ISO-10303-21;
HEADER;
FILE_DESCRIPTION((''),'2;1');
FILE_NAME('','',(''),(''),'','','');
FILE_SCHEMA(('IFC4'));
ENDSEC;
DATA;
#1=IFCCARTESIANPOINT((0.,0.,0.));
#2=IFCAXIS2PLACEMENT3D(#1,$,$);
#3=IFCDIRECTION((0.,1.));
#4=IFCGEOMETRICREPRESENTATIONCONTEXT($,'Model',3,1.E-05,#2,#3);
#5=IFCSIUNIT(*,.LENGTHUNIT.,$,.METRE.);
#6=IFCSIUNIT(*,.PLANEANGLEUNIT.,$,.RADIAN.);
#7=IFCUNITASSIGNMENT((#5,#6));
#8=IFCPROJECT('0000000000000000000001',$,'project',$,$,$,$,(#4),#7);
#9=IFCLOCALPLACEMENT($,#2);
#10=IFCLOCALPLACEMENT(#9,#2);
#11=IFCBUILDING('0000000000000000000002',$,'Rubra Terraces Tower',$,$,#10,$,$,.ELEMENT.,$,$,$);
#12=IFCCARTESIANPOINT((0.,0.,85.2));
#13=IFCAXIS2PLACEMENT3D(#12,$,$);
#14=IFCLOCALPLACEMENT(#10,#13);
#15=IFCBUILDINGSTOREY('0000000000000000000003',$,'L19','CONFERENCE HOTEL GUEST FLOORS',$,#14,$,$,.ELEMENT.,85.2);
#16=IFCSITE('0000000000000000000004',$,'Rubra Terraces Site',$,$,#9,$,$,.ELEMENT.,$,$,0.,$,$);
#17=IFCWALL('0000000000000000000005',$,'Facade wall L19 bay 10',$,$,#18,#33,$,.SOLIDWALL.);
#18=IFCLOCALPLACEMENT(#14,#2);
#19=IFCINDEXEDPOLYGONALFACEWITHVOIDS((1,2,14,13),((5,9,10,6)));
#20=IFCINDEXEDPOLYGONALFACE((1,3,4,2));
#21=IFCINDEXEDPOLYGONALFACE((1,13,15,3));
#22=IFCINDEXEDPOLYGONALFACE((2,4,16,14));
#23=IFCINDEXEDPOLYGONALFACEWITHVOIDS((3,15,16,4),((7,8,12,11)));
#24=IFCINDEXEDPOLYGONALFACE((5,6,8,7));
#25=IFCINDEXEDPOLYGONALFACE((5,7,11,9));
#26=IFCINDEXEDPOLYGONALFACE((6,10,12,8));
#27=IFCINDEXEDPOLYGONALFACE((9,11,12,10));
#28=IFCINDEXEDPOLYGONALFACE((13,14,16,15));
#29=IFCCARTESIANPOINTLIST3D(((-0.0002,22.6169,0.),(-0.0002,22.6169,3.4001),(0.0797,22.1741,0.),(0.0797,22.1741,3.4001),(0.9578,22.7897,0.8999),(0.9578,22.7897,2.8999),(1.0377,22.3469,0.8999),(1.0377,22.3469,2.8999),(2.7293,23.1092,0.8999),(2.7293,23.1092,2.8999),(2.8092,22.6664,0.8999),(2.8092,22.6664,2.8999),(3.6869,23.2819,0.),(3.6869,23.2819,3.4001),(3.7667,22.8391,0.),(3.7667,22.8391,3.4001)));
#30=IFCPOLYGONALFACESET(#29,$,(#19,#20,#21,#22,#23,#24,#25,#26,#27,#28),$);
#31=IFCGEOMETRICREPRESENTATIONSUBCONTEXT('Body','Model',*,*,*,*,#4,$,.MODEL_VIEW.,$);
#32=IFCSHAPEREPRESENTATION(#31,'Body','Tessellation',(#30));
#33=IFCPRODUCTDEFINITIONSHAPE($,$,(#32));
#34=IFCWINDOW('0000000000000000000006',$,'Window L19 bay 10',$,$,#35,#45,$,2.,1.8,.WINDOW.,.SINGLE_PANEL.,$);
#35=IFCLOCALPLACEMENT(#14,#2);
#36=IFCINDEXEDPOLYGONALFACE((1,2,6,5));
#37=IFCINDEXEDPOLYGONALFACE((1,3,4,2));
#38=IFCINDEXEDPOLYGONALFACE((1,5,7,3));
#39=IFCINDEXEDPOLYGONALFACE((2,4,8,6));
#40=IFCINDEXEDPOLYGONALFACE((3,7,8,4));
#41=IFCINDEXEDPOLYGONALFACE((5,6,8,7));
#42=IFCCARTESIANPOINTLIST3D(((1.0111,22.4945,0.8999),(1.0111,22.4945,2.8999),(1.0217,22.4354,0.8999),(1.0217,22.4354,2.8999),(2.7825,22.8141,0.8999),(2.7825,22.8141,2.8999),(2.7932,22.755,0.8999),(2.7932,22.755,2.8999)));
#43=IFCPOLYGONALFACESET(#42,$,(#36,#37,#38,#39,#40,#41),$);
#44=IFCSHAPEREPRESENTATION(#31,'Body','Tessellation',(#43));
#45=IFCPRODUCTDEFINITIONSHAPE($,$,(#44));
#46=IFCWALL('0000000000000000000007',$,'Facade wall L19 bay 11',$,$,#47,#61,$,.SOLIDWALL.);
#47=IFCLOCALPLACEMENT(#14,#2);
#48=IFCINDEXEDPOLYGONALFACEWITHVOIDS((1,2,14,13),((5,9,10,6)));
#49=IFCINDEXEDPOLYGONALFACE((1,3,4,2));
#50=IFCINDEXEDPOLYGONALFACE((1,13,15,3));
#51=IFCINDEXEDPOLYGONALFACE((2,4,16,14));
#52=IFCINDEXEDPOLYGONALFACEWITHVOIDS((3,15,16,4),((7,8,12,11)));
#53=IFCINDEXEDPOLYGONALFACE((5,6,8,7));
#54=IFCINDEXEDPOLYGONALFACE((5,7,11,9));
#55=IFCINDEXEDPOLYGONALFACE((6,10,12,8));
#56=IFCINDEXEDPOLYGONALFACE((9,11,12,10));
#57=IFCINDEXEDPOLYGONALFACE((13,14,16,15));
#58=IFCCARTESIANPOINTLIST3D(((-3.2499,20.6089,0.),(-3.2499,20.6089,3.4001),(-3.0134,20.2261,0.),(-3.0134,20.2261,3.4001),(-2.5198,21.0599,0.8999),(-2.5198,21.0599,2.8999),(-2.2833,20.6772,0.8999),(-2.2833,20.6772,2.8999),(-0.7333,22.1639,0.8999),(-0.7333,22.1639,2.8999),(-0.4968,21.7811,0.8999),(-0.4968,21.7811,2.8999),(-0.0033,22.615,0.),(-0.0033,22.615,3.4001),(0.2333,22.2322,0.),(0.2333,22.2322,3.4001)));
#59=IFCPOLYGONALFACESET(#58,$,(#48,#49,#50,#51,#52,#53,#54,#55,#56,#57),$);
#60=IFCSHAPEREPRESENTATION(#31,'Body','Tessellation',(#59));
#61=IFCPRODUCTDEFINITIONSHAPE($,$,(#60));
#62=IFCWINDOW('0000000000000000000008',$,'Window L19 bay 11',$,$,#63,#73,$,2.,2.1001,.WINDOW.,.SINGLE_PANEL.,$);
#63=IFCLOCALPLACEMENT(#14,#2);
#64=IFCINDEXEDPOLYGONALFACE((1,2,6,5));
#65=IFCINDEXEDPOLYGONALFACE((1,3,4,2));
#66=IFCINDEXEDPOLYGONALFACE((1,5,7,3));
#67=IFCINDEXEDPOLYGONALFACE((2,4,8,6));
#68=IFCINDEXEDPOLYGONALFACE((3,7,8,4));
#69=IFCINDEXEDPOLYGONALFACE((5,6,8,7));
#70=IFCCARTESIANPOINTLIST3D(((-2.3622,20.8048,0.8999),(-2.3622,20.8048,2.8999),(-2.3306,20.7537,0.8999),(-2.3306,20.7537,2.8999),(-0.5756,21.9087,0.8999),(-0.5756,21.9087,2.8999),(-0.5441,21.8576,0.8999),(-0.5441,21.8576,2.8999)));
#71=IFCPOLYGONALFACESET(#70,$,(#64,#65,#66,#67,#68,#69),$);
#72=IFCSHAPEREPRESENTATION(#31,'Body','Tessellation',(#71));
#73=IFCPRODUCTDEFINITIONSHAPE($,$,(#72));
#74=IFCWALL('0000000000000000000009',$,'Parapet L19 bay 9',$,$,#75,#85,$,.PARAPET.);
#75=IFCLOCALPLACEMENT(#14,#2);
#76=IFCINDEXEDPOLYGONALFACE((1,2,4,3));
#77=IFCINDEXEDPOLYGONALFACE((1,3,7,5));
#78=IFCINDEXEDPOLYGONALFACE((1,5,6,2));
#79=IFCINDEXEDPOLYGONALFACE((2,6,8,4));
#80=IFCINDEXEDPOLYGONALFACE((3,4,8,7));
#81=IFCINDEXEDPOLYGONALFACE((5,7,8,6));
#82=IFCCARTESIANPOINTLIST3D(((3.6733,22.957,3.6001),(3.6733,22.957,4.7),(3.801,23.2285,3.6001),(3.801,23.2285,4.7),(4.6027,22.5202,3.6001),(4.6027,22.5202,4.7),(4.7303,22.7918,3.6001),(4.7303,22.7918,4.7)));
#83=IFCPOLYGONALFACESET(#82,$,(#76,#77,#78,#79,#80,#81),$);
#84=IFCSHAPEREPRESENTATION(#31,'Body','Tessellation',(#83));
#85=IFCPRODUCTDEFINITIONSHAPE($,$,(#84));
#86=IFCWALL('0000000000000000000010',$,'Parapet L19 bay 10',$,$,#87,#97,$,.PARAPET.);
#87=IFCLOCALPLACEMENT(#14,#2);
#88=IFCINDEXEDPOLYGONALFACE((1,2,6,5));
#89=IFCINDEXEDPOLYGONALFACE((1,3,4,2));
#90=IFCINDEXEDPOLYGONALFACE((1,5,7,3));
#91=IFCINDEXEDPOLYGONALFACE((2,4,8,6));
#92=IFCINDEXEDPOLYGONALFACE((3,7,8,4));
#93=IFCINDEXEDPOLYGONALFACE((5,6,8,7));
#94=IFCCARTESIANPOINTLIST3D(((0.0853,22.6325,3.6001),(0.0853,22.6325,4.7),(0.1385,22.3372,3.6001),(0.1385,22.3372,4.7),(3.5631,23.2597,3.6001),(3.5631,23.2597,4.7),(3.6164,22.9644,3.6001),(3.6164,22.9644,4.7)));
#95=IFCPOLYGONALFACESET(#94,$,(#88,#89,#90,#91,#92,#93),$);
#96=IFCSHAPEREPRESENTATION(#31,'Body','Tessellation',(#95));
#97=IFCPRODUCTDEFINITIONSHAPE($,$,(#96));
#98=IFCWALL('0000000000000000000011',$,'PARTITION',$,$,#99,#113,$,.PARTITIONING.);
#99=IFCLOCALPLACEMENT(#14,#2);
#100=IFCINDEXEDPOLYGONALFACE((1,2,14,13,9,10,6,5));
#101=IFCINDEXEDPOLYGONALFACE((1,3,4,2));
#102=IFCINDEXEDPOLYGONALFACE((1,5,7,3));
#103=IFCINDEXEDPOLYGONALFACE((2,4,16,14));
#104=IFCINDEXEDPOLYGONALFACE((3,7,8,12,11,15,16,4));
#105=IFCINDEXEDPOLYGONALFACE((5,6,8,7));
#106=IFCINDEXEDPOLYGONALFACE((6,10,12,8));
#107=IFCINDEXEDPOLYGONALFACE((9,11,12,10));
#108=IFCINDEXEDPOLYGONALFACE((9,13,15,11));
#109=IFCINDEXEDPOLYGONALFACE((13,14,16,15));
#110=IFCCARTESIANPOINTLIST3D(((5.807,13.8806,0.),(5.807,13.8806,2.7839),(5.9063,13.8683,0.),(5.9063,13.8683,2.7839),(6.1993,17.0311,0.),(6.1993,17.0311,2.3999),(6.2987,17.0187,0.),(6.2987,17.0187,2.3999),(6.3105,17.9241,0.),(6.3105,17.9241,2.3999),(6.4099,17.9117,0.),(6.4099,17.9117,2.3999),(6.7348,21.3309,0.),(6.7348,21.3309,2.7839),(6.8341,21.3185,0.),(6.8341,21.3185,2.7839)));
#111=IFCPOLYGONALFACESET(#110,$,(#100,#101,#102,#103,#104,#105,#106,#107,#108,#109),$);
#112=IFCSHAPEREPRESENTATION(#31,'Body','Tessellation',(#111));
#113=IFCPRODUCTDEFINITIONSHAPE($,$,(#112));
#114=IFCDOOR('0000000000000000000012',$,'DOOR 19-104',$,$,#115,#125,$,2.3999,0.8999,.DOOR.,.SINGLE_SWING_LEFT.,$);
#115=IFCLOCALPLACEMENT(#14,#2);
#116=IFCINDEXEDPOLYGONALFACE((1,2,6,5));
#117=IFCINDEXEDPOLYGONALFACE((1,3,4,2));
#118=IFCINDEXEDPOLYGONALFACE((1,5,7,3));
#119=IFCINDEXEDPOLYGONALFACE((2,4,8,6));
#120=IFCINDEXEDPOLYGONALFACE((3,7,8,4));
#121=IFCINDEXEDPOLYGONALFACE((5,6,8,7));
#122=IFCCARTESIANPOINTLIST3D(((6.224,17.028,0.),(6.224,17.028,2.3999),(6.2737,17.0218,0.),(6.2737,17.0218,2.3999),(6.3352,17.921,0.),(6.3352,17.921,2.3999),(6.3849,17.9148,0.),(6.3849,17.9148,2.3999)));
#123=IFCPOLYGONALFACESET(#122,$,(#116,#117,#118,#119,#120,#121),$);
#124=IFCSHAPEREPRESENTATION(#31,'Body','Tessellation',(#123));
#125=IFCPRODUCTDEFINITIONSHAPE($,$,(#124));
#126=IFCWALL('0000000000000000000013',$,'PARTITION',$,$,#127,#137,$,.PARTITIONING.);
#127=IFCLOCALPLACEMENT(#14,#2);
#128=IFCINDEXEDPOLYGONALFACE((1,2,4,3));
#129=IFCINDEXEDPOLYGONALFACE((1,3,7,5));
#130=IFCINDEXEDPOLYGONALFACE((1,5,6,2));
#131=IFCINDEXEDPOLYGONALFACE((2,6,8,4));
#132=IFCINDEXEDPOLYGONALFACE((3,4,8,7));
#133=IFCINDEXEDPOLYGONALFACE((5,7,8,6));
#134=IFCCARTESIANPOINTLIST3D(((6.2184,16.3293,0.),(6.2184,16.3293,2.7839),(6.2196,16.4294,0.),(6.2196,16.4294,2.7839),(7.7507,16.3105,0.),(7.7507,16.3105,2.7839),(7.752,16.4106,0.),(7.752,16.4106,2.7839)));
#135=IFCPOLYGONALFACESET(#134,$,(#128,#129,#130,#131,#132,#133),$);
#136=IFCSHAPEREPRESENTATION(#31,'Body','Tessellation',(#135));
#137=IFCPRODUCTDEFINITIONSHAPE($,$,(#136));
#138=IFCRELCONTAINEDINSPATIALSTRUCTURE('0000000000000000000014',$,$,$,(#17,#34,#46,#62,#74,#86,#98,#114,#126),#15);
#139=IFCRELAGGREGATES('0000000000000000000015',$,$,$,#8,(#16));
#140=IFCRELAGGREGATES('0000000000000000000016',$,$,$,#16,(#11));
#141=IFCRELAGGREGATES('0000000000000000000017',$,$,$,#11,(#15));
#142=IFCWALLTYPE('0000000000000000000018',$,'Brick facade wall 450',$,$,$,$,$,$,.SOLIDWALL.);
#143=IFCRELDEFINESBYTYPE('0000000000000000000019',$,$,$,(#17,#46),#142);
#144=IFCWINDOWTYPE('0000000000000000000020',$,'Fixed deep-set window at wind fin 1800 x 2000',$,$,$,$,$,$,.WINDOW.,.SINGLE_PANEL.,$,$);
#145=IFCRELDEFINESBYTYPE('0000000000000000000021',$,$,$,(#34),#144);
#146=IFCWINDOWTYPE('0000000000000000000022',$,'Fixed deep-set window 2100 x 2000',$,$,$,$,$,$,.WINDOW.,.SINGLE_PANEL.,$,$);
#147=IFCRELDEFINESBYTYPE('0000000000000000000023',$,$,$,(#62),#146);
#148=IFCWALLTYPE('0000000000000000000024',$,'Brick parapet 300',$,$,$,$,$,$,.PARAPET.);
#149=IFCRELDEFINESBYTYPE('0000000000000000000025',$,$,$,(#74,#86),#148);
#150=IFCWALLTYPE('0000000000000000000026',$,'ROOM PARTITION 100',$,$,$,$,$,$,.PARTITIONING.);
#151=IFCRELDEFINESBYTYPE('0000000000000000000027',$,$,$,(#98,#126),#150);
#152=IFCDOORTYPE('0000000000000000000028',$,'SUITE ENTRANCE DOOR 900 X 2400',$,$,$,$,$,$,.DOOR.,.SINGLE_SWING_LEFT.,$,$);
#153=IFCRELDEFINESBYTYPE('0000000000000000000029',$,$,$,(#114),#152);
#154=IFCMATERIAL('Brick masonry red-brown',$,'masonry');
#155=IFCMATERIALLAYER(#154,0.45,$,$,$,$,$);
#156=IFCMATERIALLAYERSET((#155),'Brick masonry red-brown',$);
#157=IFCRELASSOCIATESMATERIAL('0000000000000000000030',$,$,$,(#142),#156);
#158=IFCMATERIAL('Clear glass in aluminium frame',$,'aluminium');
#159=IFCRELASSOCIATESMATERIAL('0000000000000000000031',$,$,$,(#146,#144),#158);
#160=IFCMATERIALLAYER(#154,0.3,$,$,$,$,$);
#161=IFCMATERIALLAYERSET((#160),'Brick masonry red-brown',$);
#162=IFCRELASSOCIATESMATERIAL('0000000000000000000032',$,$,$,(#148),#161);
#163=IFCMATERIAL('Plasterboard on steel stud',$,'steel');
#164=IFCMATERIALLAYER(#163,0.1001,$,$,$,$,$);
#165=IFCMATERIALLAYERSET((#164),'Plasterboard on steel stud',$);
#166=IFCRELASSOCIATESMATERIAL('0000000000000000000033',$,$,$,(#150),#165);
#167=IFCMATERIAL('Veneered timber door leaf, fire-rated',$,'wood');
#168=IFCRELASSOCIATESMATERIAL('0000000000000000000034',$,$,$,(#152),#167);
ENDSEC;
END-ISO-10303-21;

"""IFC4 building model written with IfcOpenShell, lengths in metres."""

from ifc_helpers import new_model, si_unit, direction, frame, frame_2d, origin, place, context, subcontext, project, spatial, rectangle, extrude, material, layer, layer_set, type_object, element, fill, save


model = new_model("IFC4")

# Units and contexts
model_context = context("Model", 3, precision=1e-05, world=origin(), true_north=direction((0.0, 1.0)))
body_context = subcontext(model_context, "Body", "Model", "MODEL_VIEW")
ifc_project = project(units=[si_unit("LENGTHUNIT", "METRE"), si_unit("PLANEANGLEUNIT", "RADIAN")], contexts=[model_context])

# Site, building, storey
site_placement = place(None, origin())
site = spatial("IfcSite", under=ifc_project, at=site_placement, Name="Rubra Terraces Site", CompositionType="ELEMENT", RefElevation=0.0)
building_placement = place(site_placement, origin())
building = spatial("IfcBuilding", under=site, at=building_placement, Name="Rubra Terraces Tower", CompositionType="ELEMENT")
storey_placement = place(building_placement, frame((0.0, 0.0, 85.2)))
storey = spatial("IfcBuildingStorey", under=building, at=storey_placement, Name="L19", Description="CONFERENCE HOTEL GUEST FLOORS", CompositionType="ELEMENT", Elevation=85.2)

# Walls, openings, windows
ifc_material_1 = material(Name="Brick masonry red-brown", Category="masonry")
ifc_layer_1 = layer(ifc_material_1, 0.45)
ifc_layer_set_1 = layer_set([ifc_layer_1], Name="Brick masonry red-brown")
wall_type_1 = type_object("IfcWallType", Name="Brick facade wall 450", PredefinedType="SOLIDWALL", material=ifc_layer_set_1)
ifc_material_2 = material(Name="Clear glass in aluminium frame", Category="aluminium")
window_type_1 = type_object("IfcWindowType", Name="Fixed deep-set window 2100 x 2000", PartitioningType="SINGLE_PANEL", PredefinedType="WINDOW", material=ifc_material_2)
wall_1_placement = place(storey_placement, frame((3.7268, 23.0605, 0.0), z_axis=(0.0, 0.0, 1.0), x_axis=(-0.984119, -0.177509, 0.0)))
wall_1 = element("IfcWall", 1, at=wall_1_placement, inside=storey, type_object=wall_type_1, Name="Facade wall L19 bay 10", PredefinedType="SOLIDWALL", context=body_context, shape_type="SweptSolid", body=[
    extrude(rectangle(XDim=3.7466, YDim=0.45, at=frame_2d((1.8733, 0.0))), origin(), (0.0, 0.0, 1.0), 3.4001),
])
opening_1_placement = place(wall_1_placement, frame((0.9731, 0.0, 0.8999)))
opening_1 = element("IfcOpeningElement", 2, at=opening_1_placement, cuts=wall_1, PredefinedType="OPENING", context=body_context, shape_type="SweptSolid", body=[
    extrude(rectangle(XDim=1.8, YDim=2.0, at=frame_2d((0.8999, 1.0))), frame((0.0, 0.2349, 0.0), z_axis=(0.0, -1.0, 0.0), x_axis=(1.0, 0.0, 0.0)), (0.0, 0.0, 1.0), 0.47),
])
window_type_2 = type_object("IfcWindowType", Name="Fixed deep-set window at wind fin 1800 x 2000", PartitioningType="SINGLE_PANEL", PredefinedType="WINDOW", material=ifc_material_2)
window_1_placement = place(opening_1_placement, origin())
window_1 = element("IfcWindow", 3, at=window_1_placement, inside=storey, type_object=window_type_2, Name="Window L19 bay 10", OverallHeight=2.0, OverallWidth=1.8, PartitioningType="SINGLE_PANEL", PredefinedType="WINDOW", context=body_context, shape_type="SweptSolid", body=[
    extrude(rectangle(XDim=1.8, YDim=2.0, at=frame_2d((0.8999, 1.0))), frame((0.0, 0.135, 0.0), z_axis=(0.0, -1.0, 0.0), x_axis=(1.0, 0.0, 0.0)), (0.0, 0.0, 1.0), 0.0601),
])
fill(opening_1, window_1)
wall_2_placement = place(storey_placement, frame((0.115, 22.4236, 0.0), z_axis=(0.0, 0.0, 1.0), x_axis=(-0.850697, -0.525656, 0.0)))
wall_2 = element("IfcWall", 4, at=wall_2_placement, inside=storey, type_object=wall_type_1, Name="Facade wall L19 bay 11", PredefinedType="SOLIDWALL", context=body_context, shape_type="SweptSolid", body=[
    extrude(rectangle(XDim=3.8164, YDim=0.45, at=frame_2d((1.9082, 0.0))), origin(), (0.0, 0.0, 1.0), 3.4001),
])
opening_2_placement = place(wall_2_placement, frame((0.8582, 0.0, 0.8999)))
opening_2 = element("IfcOpeningElement", 5, at=opening_2_placement, cuts=wall_2, PredefinedType="OPENING", context=body_context, shape_type="SweptSolid", body=[
    extrude(rectangle(XDim=2.1001, YDim=2.0, at=frame_2d((1.05, 1.0))), frame((0.0, 0.2349, 0.0), z_axis=(0.0, -1.0, 0.0), x_axis=(1.0, 0.0, 0.0)), (0.0, 0.0, 1.0), 0.47),
])
window_2_placement = place(opening_2_placement, origin())
window_2 = element("IfcWindow", 6, at=window_2_placement, inside=storey, type_object=window_type_1, Name="Window L19 bay 11", OverallHeight=2.0, OverallWidth=2.1001, PartitioningType="SINGLE_PANEL", PredefinedType="WINDOW", context=body_context, shape_type="SweptSolid", body=[
    extrude(rectangle(XDim=2.1001, YDim=2.0, at=frame_2d((1.05, 1.0))), frame((0.0, 0.135, 0.0), z_axis=(0.0, -1.0, 0.0), x_axis=(1.0, 0.0, 0.0)), (0.0, 0.0, 1.0), 0.0601),
])
fill(opening_2, window_2)

# Walls
ifc_layer_2 = layer(ifc_material_1, 0.3)
ifc_layer_set_2 = layer_set([ifc_layer_2], Name="Brick masonry red-brown")
wall_type_2 = type_object("IfcWallType", Name="Brick parapet 300", PredefinedType="PARAPET", material=ifc_layer_set_2)
wall_3_placement = place(storey_placement, frame((4.6665, 22.656, 3.6001), z_axis=(0.0, 0.0, 1.0), x_axis=(-0.90505, 0.425305, 0.0)))
element("IfcWall", 7, at=wall_3_placement, inside=storey, type_object=wall_type_2, Name="Parapet L19 bay 9", PredefinedType="PARAPET", context=body_context, shape_type="SweptSolid", body=[
    extrude(rectangle(XDim=1.0269, YDim=0.3, at=frame_2d((0.5134, 0.0))), origin(), (0.0, 0.0, 1.0), 1.0999),
])
wall_4_placement = place(storey_placement, frame((3.5898, 23.1121, 3.6001), z_axis=(0.0, 0.0, 1.0), x_axis=(-0.984124, -0.177481, 0.0)))
element("IfcWall", 8, at=wall_4_placement, inside=storey, type_object=wall_type_2, Name="Parapet L19 bay 10", PredefinedType="PARAPET", context=body_context, shape_type="SweptSolid", body=[
    extrude(rectangle(XDim=3.5339, YDim=0.3, at=frame_2d((1.7671, 0.0))), origin(), (0.0, 0.0, 1.0), 1.0999),
])

# Wall, opening, door
ifc_material_3 = material(Name="Plasterboard on steel stud", Category="steel")
ifc_layer_3 = layer(ifc_material_3, 0.1001)
ifc_layer_set_3 = layer_set([ifc_layer_3], Name="Plasterboard on steel stud")
wall_type_3 = type_object("IfcWallType", Name="ROOM PARTITION 100", PredefinedType="PARTITIONING", material=ifc_layer_set_3)
wall_5_placement = place(storey_placement, frame((6.7844, 21.3247, 0.0), z_axis=(0.0, 0.0, 1.0), x_axis=(-0.12357, -0.992336, 0.0)))
wall_5 = element("IfcWall", 9, at=wall_5_placement, inside=storey, type_object=wall_type_3, Name="PARTITION", PredefinedType="PARTITIONING", context=body_context, shape_type="SweptSolid", body=[
    extrude(rectangle(XDim=7.5078, YDim=0.1001, at=frame_2d((3.7539, 0.0))), origin(), (0.0, 0.0, 1.0), 2.7839),
])
opening_3_placement = place(wall_5_placement, frame((3.4331, 0.0, 0.0)))
opening_3 = element("IfcOpeningElement", 10, at=opening_3_placement, cuts=wall_5, PredefinedType="OPENING", context=body_context, shape_type="SweptSolid", body=[
    extrude(rectangle(XDim=0.8999, YDim=2.3999, at=frame_2d((0.45, 1.2))), frame((0.0, 0.0601, 0.0), z_axis=(0.0, -1.0, 0.0), x_axis=(1.0, 0.0, 0.0)), (0.0, 0.0, 1.0), 0.1201),
])
ifc_material_4 = material(Name="Veneered timber door leaf, fire-rated", Category="wood")
door_type = type_object("IfcDoorType", Name="SUITE ENTRANCE DOOR 900 X 2400", OperationType="SINGLE_SWING_LEFT", PredefinedType="DOOR", material=ifc_material_4)
door_placement = place(opening_3_placement, origin())
door = element("IfcDoor", 11, at=door_placement, inside=storey, type_object=door_type, Name="DOOR 19-104", OperationType="SINGLE_SWING_LEFT", OverallHeight=2.3999, OverallWidth=0.8999, PredefinedType="DOOR", context=body_context, shape_type="SweptSolid", body=[
    extrude(rectangle(XDim=0.8999, YDim=2.3999, at=frame_2d((0.45, 1.2))), frame((0.0, 0.0249, 0.0), z_axis=(0.0, -1.0, 0.0), x_axis=(1.0, 0.0, 0.0)), (0.0, 0.0, 1.0), 0.05),
])
fill(opening_3, door)

# Wall
wall_6_placement = place(storey_placement, frame((7.7512, 16.3606, 0.0), z_axis=(0.0, 0.0, 1.0), x_axis=(-0.999925, 0.012266, 0.0)))
element("IfcWall", 12, at=wall_6_placement, inside=storey, type_object=wall_type_3, Name="PARTITION", PredefinedType="PARTITIONING", context=body_context, shape_type="SweptSolid", body=[
    extrude(rectangle(XDim=1.5325, YDim=0.1001, at=frame_2d((0.7661, 0.0))), origin(), (0.0, 0.0, 1.0), 2.7839),
])

save(model, "model.ifc")
